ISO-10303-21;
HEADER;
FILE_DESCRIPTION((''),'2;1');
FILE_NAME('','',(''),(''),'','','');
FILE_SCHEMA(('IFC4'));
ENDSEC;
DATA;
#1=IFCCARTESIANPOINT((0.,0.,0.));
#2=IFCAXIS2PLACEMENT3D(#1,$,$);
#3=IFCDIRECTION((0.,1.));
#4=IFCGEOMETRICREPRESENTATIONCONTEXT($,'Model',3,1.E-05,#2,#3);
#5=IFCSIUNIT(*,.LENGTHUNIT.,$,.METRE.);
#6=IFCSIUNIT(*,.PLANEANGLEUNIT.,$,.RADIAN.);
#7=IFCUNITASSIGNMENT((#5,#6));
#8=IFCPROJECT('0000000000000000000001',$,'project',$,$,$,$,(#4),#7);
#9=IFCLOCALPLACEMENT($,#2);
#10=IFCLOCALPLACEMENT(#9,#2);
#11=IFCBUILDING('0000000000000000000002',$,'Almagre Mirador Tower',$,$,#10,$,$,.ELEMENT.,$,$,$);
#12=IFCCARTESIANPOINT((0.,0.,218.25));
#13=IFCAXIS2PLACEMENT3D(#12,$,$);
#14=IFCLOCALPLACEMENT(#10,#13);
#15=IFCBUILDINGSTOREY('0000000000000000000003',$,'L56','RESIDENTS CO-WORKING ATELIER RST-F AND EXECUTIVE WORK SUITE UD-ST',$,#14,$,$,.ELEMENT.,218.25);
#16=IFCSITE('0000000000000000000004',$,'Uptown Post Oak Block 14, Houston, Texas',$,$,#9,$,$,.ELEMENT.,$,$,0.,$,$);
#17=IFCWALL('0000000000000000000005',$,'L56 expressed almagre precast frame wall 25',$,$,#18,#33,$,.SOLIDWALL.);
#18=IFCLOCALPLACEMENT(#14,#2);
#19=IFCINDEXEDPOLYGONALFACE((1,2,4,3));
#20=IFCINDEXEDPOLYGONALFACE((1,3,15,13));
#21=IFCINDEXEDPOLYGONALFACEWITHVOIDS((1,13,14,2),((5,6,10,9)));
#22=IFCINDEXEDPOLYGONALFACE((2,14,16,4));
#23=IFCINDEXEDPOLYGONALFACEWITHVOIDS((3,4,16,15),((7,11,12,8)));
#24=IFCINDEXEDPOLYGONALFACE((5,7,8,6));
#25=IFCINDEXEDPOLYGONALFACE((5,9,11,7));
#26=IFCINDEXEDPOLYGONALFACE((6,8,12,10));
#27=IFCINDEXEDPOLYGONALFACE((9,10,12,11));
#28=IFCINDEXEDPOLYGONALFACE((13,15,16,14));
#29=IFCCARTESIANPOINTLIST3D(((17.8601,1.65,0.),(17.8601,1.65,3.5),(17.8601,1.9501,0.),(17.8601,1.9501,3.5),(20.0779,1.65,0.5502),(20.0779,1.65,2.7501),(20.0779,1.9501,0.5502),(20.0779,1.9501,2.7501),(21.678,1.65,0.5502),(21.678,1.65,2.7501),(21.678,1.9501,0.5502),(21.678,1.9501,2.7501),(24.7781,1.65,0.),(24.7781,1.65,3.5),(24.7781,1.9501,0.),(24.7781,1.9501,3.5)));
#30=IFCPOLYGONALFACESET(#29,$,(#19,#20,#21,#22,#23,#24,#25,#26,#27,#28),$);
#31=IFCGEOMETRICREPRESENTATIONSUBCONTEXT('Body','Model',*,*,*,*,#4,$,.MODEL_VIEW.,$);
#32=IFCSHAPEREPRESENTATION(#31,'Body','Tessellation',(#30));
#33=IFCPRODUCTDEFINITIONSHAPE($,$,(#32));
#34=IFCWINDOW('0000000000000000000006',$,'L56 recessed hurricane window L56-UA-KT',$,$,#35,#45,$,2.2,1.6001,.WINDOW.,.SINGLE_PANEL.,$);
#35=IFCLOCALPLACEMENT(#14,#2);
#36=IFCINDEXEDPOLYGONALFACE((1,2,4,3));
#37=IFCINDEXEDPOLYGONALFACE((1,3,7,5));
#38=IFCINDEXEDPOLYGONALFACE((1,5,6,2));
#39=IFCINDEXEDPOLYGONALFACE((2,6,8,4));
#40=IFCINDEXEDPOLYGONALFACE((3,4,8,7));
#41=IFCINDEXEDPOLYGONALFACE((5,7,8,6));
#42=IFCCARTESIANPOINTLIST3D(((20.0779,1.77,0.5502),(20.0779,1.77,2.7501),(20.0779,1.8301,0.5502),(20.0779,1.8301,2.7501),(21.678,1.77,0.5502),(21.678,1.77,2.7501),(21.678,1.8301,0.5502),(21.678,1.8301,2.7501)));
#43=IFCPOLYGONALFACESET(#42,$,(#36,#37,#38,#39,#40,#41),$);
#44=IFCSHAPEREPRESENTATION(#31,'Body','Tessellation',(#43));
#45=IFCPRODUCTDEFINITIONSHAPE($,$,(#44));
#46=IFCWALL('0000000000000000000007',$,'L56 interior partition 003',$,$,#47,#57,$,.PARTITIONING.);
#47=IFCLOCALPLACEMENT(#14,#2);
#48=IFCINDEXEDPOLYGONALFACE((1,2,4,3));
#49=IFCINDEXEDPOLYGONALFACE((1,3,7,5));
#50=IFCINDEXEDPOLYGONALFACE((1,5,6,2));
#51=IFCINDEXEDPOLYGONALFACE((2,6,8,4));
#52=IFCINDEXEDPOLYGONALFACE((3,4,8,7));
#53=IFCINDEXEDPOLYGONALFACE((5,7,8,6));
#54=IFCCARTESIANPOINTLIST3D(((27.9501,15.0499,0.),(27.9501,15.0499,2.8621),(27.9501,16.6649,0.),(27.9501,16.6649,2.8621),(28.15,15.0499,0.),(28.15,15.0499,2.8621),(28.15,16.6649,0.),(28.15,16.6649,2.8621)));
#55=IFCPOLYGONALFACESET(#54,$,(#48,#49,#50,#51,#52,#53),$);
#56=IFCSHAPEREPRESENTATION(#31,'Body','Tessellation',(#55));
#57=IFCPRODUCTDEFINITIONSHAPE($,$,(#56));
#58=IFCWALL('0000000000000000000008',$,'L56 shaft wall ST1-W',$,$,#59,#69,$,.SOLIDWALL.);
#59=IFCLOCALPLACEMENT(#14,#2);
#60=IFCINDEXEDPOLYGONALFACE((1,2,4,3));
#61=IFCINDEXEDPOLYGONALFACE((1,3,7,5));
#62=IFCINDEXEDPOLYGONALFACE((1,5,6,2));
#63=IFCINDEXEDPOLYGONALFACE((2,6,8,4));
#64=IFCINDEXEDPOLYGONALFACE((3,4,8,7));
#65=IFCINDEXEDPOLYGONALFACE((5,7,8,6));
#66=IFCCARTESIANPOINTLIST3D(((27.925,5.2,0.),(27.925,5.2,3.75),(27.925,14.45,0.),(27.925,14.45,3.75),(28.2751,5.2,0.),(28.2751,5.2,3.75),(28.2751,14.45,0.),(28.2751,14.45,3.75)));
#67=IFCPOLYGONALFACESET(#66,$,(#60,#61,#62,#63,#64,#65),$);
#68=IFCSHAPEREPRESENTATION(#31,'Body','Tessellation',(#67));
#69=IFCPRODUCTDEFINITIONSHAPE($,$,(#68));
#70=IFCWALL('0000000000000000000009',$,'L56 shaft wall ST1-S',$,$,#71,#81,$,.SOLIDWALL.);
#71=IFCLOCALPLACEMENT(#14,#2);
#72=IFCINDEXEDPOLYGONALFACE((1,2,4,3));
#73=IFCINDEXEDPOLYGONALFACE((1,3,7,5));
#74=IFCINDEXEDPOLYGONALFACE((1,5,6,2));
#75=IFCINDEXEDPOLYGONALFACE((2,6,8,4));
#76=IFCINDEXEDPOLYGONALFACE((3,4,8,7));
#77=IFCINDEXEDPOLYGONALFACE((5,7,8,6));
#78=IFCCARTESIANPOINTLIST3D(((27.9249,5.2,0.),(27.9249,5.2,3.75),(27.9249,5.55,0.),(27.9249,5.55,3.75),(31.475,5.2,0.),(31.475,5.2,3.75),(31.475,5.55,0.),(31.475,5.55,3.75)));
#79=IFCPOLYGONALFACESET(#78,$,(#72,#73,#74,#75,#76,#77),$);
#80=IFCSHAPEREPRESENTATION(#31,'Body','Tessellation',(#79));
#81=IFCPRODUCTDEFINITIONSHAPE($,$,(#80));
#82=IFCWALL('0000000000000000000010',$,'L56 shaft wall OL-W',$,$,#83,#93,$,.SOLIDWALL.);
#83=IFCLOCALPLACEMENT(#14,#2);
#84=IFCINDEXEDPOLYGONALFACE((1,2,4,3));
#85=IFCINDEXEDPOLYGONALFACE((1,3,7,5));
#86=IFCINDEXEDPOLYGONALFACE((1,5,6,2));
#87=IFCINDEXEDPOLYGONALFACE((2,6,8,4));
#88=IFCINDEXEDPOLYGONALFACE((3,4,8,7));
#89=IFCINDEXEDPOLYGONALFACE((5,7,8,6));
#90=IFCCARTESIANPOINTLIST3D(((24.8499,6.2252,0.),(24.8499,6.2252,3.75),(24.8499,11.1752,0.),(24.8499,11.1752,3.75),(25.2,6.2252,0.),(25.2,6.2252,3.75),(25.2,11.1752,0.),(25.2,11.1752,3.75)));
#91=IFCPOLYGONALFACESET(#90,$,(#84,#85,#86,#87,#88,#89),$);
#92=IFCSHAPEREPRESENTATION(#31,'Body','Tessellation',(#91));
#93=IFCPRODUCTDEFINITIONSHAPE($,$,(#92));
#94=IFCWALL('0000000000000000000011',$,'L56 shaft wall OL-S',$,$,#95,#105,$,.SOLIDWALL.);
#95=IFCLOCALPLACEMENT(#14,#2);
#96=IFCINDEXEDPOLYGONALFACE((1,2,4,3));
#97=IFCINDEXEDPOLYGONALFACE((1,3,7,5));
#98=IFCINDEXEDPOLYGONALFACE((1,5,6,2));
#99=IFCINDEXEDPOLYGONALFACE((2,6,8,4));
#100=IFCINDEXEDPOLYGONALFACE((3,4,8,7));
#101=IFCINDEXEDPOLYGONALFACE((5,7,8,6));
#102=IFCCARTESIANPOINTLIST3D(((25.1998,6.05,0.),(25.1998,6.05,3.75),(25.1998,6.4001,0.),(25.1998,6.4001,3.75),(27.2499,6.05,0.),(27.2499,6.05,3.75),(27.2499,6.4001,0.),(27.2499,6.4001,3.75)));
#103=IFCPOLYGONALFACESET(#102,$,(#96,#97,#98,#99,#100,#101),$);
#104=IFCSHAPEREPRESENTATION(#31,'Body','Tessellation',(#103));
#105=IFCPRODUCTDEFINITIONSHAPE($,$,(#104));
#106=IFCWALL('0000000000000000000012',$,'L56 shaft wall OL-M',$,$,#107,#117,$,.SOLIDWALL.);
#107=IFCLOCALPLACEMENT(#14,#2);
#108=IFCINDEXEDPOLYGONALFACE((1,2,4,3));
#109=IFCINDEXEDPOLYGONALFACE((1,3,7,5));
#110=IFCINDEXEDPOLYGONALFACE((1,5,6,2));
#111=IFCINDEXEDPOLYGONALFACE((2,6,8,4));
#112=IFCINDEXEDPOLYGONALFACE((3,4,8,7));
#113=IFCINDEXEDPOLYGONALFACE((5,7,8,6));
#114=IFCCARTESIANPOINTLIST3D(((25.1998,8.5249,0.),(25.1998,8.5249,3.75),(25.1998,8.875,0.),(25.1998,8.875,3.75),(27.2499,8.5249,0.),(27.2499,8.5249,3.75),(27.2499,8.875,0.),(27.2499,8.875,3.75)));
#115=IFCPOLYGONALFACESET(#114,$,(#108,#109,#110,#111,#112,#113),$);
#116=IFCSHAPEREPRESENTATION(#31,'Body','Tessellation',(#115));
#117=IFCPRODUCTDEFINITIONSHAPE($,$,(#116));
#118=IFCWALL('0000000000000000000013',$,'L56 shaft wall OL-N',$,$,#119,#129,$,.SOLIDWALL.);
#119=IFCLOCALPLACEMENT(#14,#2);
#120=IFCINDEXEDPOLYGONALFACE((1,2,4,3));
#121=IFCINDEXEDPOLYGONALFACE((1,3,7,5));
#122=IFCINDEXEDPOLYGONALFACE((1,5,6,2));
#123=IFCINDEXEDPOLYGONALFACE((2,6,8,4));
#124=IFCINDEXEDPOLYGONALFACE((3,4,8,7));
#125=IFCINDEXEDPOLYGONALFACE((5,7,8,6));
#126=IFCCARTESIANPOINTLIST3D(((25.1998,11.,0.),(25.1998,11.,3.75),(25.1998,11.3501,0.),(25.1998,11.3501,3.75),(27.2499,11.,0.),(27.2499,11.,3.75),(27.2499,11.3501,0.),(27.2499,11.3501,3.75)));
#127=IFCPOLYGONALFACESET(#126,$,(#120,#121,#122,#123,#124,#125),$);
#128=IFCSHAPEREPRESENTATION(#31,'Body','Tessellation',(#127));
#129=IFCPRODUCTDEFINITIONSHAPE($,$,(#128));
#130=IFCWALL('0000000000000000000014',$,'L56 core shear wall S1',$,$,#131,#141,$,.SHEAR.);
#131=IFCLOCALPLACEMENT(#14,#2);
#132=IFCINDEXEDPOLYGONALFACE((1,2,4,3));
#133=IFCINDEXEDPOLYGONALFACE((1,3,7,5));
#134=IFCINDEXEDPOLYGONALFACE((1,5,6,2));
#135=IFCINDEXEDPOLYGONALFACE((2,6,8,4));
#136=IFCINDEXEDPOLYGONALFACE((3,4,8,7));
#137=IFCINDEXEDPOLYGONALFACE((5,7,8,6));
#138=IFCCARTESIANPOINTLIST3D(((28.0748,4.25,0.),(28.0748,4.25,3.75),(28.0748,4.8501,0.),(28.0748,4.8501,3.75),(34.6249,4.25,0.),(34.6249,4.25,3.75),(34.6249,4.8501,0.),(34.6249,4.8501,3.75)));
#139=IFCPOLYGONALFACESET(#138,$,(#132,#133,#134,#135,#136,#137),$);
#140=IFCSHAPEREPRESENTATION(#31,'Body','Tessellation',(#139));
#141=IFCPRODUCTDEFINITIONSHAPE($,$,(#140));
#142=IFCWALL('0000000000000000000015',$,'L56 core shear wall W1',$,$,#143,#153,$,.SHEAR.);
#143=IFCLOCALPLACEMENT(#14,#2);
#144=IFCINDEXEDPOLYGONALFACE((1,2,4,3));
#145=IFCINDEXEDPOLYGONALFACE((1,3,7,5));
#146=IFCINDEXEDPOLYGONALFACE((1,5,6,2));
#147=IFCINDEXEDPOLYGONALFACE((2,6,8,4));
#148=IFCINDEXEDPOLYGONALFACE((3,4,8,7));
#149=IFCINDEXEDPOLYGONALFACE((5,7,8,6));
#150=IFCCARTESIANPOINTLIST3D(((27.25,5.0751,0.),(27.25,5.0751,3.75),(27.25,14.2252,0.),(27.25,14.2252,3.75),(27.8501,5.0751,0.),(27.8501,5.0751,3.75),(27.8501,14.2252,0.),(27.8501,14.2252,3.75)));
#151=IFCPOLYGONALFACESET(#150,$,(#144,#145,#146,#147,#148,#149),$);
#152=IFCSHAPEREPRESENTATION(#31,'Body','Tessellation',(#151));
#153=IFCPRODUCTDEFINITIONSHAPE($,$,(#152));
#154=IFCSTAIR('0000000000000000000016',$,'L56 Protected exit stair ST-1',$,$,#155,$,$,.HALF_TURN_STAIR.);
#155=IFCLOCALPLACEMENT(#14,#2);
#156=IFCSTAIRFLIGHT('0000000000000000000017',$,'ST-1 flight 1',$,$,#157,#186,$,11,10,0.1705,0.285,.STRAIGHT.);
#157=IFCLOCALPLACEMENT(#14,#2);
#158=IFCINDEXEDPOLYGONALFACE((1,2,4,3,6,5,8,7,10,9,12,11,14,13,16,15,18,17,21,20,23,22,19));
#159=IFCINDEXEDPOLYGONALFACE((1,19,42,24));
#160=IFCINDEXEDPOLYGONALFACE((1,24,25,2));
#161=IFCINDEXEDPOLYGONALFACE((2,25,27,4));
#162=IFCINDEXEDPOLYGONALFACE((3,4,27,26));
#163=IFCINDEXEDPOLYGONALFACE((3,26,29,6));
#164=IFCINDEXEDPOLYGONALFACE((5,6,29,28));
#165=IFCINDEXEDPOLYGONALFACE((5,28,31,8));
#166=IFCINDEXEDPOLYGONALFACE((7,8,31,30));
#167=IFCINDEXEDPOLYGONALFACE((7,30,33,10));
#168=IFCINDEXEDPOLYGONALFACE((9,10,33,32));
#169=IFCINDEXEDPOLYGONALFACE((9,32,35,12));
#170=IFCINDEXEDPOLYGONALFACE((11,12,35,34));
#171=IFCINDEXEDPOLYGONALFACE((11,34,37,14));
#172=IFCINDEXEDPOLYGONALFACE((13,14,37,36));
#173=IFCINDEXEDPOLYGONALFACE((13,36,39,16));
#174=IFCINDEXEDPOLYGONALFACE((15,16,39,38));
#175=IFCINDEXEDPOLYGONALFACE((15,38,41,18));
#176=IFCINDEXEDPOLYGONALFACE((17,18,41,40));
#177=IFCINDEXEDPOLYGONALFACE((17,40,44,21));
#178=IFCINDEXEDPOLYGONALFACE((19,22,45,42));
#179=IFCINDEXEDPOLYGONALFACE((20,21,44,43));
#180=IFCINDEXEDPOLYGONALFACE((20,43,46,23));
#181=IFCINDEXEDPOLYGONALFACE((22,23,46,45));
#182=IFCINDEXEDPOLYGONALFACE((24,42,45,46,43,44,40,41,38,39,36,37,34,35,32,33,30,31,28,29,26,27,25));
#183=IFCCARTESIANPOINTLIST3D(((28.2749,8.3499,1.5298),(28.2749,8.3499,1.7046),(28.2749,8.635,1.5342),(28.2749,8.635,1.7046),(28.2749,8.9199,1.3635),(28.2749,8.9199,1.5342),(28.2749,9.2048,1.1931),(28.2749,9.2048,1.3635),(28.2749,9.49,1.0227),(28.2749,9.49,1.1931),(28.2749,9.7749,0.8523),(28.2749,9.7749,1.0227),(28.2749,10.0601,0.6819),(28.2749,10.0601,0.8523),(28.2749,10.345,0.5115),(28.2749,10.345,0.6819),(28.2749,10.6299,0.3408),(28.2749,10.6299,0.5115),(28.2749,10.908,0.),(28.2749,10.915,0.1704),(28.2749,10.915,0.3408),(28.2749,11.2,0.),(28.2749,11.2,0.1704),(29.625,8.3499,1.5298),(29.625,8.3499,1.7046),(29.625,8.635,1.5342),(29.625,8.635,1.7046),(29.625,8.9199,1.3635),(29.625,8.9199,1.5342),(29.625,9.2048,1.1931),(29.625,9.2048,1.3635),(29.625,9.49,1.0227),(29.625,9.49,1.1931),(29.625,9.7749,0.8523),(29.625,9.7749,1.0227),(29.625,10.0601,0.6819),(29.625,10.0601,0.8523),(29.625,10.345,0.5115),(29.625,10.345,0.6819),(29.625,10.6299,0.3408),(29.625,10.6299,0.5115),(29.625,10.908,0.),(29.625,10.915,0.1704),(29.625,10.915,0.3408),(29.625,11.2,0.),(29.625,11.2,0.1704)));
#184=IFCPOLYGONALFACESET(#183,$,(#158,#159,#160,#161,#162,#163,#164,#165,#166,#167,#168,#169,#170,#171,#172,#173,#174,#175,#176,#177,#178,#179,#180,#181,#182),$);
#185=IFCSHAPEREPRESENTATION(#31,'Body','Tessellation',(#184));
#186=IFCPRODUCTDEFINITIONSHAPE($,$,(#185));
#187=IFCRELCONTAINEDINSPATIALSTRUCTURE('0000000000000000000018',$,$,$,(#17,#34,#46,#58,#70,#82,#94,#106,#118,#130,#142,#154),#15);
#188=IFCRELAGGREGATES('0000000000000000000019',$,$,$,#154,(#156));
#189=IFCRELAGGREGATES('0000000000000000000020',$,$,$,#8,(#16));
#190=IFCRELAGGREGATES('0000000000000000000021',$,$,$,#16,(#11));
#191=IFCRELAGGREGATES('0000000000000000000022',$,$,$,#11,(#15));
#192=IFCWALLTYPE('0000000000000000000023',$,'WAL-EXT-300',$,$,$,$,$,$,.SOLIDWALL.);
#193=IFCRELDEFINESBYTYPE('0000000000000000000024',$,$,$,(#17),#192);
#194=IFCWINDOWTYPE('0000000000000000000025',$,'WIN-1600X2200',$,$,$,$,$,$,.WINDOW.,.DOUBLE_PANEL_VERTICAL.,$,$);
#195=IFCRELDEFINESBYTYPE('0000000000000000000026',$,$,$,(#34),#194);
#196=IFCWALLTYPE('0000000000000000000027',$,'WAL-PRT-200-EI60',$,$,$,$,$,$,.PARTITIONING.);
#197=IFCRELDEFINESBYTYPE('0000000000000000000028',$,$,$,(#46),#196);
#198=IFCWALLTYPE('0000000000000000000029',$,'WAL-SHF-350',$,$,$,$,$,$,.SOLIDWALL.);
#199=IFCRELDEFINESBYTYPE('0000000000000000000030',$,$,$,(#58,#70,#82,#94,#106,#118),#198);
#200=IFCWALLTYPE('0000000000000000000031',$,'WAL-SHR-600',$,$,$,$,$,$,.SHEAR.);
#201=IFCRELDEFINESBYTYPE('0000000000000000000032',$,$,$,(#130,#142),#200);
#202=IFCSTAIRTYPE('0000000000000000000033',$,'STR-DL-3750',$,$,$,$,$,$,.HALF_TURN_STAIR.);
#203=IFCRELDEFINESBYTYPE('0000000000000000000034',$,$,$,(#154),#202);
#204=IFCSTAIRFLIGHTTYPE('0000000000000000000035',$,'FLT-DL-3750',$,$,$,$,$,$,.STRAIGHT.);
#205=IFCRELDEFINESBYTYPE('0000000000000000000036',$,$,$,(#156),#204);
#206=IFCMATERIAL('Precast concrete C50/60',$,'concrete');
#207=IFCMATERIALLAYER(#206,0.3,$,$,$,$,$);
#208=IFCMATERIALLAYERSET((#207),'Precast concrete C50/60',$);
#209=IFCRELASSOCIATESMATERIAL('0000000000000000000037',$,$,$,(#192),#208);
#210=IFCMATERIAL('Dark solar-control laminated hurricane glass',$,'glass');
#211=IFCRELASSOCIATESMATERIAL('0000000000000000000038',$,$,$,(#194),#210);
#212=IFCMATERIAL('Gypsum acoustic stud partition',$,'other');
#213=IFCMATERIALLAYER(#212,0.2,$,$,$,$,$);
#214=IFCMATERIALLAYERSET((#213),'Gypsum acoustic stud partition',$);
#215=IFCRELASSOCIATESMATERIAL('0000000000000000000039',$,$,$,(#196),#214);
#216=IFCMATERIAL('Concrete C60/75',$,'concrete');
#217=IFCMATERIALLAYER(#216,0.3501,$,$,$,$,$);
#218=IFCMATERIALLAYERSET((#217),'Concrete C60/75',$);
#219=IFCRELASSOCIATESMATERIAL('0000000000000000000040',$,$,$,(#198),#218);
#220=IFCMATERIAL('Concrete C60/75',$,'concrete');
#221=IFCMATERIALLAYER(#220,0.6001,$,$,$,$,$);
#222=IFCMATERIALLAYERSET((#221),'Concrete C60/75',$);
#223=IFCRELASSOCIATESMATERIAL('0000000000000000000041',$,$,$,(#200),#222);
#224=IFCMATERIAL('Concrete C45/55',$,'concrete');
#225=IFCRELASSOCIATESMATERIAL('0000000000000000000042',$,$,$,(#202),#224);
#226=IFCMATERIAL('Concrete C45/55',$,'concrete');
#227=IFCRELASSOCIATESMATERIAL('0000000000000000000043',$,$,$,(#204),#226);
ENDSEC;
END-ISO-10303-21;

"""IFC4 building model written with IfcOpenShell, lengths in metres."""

from ifc_helpers import new_model, si_unit, direction, frame, frame_2d, origin, place, context, subcontext, project, spatial, polyline, rectangle, outline, extrude, material, layer, layer_set, type_object, element, fill, aggregate, save


model = new_model("IFC4")

# Units and contexts
model_context = context("Model", 3, precision=1e-05, world=origin(), true_north=direction((0.0, 1.0)))
body_context = subcontext(model_context, "Body", "Model", "MODEL_VIEW")
ifc_project = project(units=[si_unit("LENGTHUNIT", "METRE"), si_unit("PLANEANGLEUNIT", "RADIAN")], contexts=[model_context])

# Site, building, storey
site_placement = place(None, origin())
site = spatial("IfcSite", under=ifc_project, at=site_placement, Name="Uptown Post Oak Block 14, Houston, Texas", CompositionType="ELEMENT", RefElevation=0.0)
building_placement = place(site_placement, origin())
building = spatial("IfcBuilding", under=site, at=building_placement, Name="Almagre Mirador Tower", CompositionType="ELEMENT")
storey_placement = place(building_placement, frame((0.0, 0.0, 218.25)))
storey = spatial("IfcBuildingStorey", under=building, at=storey_placement, Name="L56", Description="RESIDENTS CO-WORKING ATELIER RST-F AND EXECUTIVE WORK SUITE UD-ST", CompositionType="ELEMENT", Elevation=218.25)

# Wall, opening, window
ifc_material_1 = material(Name="Precast concrete C50/60", Category="concrete")
ifc_layer_1 = layer(ifc_material_1, 0.3)
ifc_layer_set_1 = layer_set([ifc_layer_1], Name="Precast concrete C50/60")
wall_type_1 = type_object("IfcWallType", Name="WAL-EXT-300", PredefinedType="SOLIDWALL", material=ifc_layer_set_1)
wall_1_placement = place(storey_placement, frame((24.7781, 1.8, 0.0), z_axis=(0.0, 0.0, 1.0), x_axis=(-1.0, 0.0, 0.0)))
wall_1 = element("IfcWall", 1, at=wall_1_placement, inside=storey, type_object=wall_type_1, Name="L56 expressed almagre precast frame wall 25", PredefinedType="SOLIDWALL", context=body_context, shape_type="SweptSolid", body=[
    extrude(rectangle(XDim=6.918, YDim=0.3, at=frame_2d((3.459, 0.0))), origin(), (0.0, 0.0, 1.0), 3.5),
])
opening_1_placement = place(wall_1_placement, frame((3.1001, 0.0, 0.55)))
opening_1 = element("IfcOpeningElement", 2, at=opening_1_placement, cuts=wall_1, PredefinedType="OPENING", context=body_context, shape_type="SweptSolid", body=[
    extrude(rectangle(XDim=1.6001, YDim=2.2, at=frame_2d((0.8, 1.1001))), frame((0.0, 0.1599, 0.0), z_axis=(0.0, -1.0, 0.0), x_axis=(1.0, 0.0, 0.0)), (0.0, 0.0, 1.0), 0.32),
])
ifc_material_2 = material(Name="Dark solar-control laminated hurricane glass", Category="glass")
window_type_1 = type_object("IfcWindowType", Name="WIN-1600X2200", PartitioningType="DOUBLE_PANEL_VERTICAL", PredefinedType="WINDOW", material=ifc_material_2)
window_1_placement = place(opening_1_placement, origin())
window_1 = element("IfcWindow", 3, at=window_1_placement, inside=storey, type_object=window_type_1, Name="L56 recessed hurricane window L56-UA-KT", OverallHeight=2.2, OverallWidth=1.6001, PartitioningType="SINGLE_PANEL", PredefinedType="WINDOW", context=body_context, shape_type="SweptSolid", body=[
    extrude(rectangle(XDim=1.6001, YDim=2.2, at=frame_2d((0.8, 1.1001))), frame((0.0, 0.03, 0.0), z_axis=(0.0, -1.0, 0.0), x_axis=(1.0, 0.0, 0.0)), (0.0, 0.0, 1.0), 0.0601),
])
fill(opening_1, window_1)

# Walls
ifc_material_3 = material(Name="Gypsum acoustic stud partition", Category="other")
ifc_layer_2 = layer(ifc_material_3, 0.2)
ifc_layer_set_2 = layer_set([ifc_layer_2], Name="Gypsum acoustic stud partition")
wall_type_2 = type_object("IfcWallType", Name="WAL-PRT-200-EI60", PredefinedType="PARTITIONING", material=ifc_layer_set_2)
wall_2_placement = place(storey_placement, frame((28.05, 16.665, 0.0), z_axis=(0.0, 0.0, 1.0), x_axis=(0.0, -1.0, 0.0)))
element("IfcWall", 4, at=wall_2_placement, inside=storey, type_object=wall_type_2, Name="L56 interior partition 003", PredefinedType="PARTITIONING", context=body_context, shape_type="SweptSolid", body=[
    extrude(rectangle(XDim=1.615, YDim=0.2, at=frame_2d((0.8076, 0.0))), origin(), (0.0, 0.0, 1.0), 2.8621),
])
ifc_material_4 = material(Name="Concrete C60/75", Category="concrete")
ifc_layer_3 = layer(ifc_material_4, 0.3501)
ifc_layer_set_3 = layer_set([ifc_layer_3], Name="Concrete C60/75")
wall_type_3 = type_object("IfcWallType", Name="WAL-SHF-350", PredefinedType="SOLIDWALL", material=ifc_layer_set_3)
wall_3_placement = place(storey_placement, frame((28.1001, 5.2, 0.0), z_axis=(0.0, 0.0, 1.0), x_axis=(0.0, 1.0, 0.0)))
element("IfcWall", 5, at=wall_3_placement, inside=storey, type_object=wall_type_3, Name="L56 shaft wall ST1-W", PredefinedType="SOLIDWALL", context=body_context, shape_type="SweptSolid", body=[
    extrude(rectangle(XDim=9.25, YDim=0.3501, at=frame_2d((4.625, 0.0))), origin(), (0.0, 0.0, 1.0), 3.75),
])
wall_4_placement = place(storey_placement, frame((27.925, 5.375, 0.0), z_axis=(0.0, 0.0, 1.0), x_axis=(1.0, 0.0, 0.0)))
element("IfcWall", 6, at=wall_4_placement, inside=storey, type_object=wall_type_3, Name="L56 shaft wall ST1-S", PredefinedType="SOLIDWALL", context=body_context, shape_type="SweptSolid", body=[
    extrude(rectangle(XDim=3.55, YDim=0.3501, at=frame_2d((1.7749, 0.0))), origin(), (0.0, 0.0, 1.0), 3.75),
])
wall_5_placement = place(storey_placement, frame((25.0249, 6.2251, 0.0), z_axis=(0.0, 0.0, 1.0), x_axis=(0.0, 1.0, 0.0)))
element("IfcWall", 7, at=wall_5_placement, inside=storey, type_object=wall_type_3, Name="L56 shaft wall OL-W", PredefinedType="SOLIDWALL", context=body_context, shape_type="SweptSolid", body=[
    extrude(rectangle(XDim=4.95, YDim=0.3501, at=frame_2d((2.4751, 0.0))), origin(), (0.0, 0.0, 1.0), 3.75),
])
for number, where, z_axis, x_axis, name in (
    (8, (25.2, 6.2251, 0.0), (0.0, 0.0, 1.0), (1.0, 0.0, 0.0), "L56 shaft wall OL-S"),
    (9, (25.2, 8.7, 0.0), (0.0, 0.0, 1.0), (1.0, 0.0, 0.0), "L56 shaft wall OL-M"),
    (10, (25.2, 11.175, 0.0), (0.0, 0.0, 1.0), (1.0, 0.0, 0.0), "L56 shaft wall OL-N"),
):
    element("IfcWall", number, at=place(storey_placement, frame(where, z_axis=z_axis, x_axis=x_axis)), inside=storey, type_object=wall_type_3, Name=name, PredefinedType="SOLIDWALL", context=body_context, shape_type="SweptSolid", body=[
        extrude(rectangle(XDim=2.05, YDim=0.3501, at=frame_2d((1.0249, 0.0))), origin(), (0.0, 0.0, 1.0), 3.75),
    ])
ifc_material_5 = material(Name="Concrete C60/75", Category="concrete")
ifc_layer_4 = layer(ifc_material_5, 0.6001)
ifc_layer_set_4 = layer_set([ifc_layer_4], Name="Concrete C60/75")
wall_type_4 = type_object("IfcWallType", Name="WAL-SHR-600", PredefinedType="SHEAR", material=ifc_layer_set_4)
wall_6_placement = place(storey_placement, frame((28.075, 4.55, 0.0), z_axis=(0.0, 0.0, 1.0), x_axis=(1.0, 0.0, 0.0)))
element("IfcWall", 11, at=wall_6_placement, inside=storey, type_object=wall_type_4, Name="L56 core shear wall S1", PredefinedType="SHEAR", context=body_context, shape_type="SweptSolid", body=[
    extrude(rectangle(XDim=6.55, YDim=0.6001, at=frame_2d((3.2749, 0.0))), origin(), (0.0, 0.0, 1.0), 3.75),
])

# Wall
wall_7_placement = place(storey_placement, frame((27.55, 5.075, 0.0), z_axis=(0.0, 0.0, 1.0), x_axis=(0.0, 1.0, 0.0)))
element("IfcWall", 12, at=wall_7_placement, inside=storey, type_object=wall_type_4, Name="L56 core shear wall W1", PredefinedType="SHEAR", context=body_context, shape_type="SweptSolid", body=[
    extrude(rectangle(XDim=9.1501, YDim=0.6001, at=frame_2d((4.5752, 0.0))), origin(), (0.0, 0.0, 1.0), 3.75),
])

# Stair, stair flight
ifc_material_6 = material(Name="Concrete C45/55", Category="concrete")
stair_type = type_object("IfcStairType", Name="STR-DL-3750", PredefinedType="HALF_TURN_STAIR", material=ifc_material_6)
stair_placement = place(storey_placement, origin())
stair = element("IfcStair", 13, at=stair_placement, inside=storey, type_object=stair_type, Name="L56 Protected exit stair ST-1", PredefinedType="HALF_TURN_STAIR")
ifc_material_7 = material(Name="Concrete C45/55", Category="concrete")
stair_flight_type = type_object("IfcStairFlightType", Name="FLT-DL-3750", PredefinedType="STRAIGHT", material=ifc_material_7)
stair_flight_placement = place(storey_placement, frame((28.95, 11.2, 0.0), z_axis=(0.0, 0.0, 1.0), x_axis=(0.0, -1.0, 0.0)))
stair_flight = element("IfcStairFlight", 14, at=stair_flight_placement, type_object=stair_flight_type, Name="ST-1 flight 1", NumberOfRisers=11, NumberOfTreads=10, PredefinedType="STRAIGHT", RiserHeight=0.1705, TreadLength=0.285, context=body_context, shape_type="SweptSolid", body=[
    extrude(outline(polyline([(0.0, 0.0), (0.0, 0.1704), (0.2849, 0.1704), (0.2849, 0.3408), (0.5701, 0.3408), (0.5701, 0.5115), (0.855, 0.5115), (0.855, 0.6819), (1.1399, 0.6819), (1.1399, 0.8523), (1.425, 0.8523), (1.425, 1.0227), (1.71, 1.0227), (1.71, 1.1931), (1.9951, 1.1931), (1.9951, 1.3635), (2.28, 1.3635), (2.28, 1.5342), (2.5649, 1.5342), (2.5649, 1.7046), (2.8501, 1.7046), (2.8501, 1.875), (2.8501, 1.5298), (0.292, 0.0), (0.0, 0.0)])), frame((0.0, 0.675, 0.0), z_axis=(0.0, -1.0, 0.0), x_axis=(1.0, 0.0, 0.0)), (0.0, 0.0, 1.0), 1.3501),
])
aggregate(stair, [stair_flight])

save(model, "model.ifc")
